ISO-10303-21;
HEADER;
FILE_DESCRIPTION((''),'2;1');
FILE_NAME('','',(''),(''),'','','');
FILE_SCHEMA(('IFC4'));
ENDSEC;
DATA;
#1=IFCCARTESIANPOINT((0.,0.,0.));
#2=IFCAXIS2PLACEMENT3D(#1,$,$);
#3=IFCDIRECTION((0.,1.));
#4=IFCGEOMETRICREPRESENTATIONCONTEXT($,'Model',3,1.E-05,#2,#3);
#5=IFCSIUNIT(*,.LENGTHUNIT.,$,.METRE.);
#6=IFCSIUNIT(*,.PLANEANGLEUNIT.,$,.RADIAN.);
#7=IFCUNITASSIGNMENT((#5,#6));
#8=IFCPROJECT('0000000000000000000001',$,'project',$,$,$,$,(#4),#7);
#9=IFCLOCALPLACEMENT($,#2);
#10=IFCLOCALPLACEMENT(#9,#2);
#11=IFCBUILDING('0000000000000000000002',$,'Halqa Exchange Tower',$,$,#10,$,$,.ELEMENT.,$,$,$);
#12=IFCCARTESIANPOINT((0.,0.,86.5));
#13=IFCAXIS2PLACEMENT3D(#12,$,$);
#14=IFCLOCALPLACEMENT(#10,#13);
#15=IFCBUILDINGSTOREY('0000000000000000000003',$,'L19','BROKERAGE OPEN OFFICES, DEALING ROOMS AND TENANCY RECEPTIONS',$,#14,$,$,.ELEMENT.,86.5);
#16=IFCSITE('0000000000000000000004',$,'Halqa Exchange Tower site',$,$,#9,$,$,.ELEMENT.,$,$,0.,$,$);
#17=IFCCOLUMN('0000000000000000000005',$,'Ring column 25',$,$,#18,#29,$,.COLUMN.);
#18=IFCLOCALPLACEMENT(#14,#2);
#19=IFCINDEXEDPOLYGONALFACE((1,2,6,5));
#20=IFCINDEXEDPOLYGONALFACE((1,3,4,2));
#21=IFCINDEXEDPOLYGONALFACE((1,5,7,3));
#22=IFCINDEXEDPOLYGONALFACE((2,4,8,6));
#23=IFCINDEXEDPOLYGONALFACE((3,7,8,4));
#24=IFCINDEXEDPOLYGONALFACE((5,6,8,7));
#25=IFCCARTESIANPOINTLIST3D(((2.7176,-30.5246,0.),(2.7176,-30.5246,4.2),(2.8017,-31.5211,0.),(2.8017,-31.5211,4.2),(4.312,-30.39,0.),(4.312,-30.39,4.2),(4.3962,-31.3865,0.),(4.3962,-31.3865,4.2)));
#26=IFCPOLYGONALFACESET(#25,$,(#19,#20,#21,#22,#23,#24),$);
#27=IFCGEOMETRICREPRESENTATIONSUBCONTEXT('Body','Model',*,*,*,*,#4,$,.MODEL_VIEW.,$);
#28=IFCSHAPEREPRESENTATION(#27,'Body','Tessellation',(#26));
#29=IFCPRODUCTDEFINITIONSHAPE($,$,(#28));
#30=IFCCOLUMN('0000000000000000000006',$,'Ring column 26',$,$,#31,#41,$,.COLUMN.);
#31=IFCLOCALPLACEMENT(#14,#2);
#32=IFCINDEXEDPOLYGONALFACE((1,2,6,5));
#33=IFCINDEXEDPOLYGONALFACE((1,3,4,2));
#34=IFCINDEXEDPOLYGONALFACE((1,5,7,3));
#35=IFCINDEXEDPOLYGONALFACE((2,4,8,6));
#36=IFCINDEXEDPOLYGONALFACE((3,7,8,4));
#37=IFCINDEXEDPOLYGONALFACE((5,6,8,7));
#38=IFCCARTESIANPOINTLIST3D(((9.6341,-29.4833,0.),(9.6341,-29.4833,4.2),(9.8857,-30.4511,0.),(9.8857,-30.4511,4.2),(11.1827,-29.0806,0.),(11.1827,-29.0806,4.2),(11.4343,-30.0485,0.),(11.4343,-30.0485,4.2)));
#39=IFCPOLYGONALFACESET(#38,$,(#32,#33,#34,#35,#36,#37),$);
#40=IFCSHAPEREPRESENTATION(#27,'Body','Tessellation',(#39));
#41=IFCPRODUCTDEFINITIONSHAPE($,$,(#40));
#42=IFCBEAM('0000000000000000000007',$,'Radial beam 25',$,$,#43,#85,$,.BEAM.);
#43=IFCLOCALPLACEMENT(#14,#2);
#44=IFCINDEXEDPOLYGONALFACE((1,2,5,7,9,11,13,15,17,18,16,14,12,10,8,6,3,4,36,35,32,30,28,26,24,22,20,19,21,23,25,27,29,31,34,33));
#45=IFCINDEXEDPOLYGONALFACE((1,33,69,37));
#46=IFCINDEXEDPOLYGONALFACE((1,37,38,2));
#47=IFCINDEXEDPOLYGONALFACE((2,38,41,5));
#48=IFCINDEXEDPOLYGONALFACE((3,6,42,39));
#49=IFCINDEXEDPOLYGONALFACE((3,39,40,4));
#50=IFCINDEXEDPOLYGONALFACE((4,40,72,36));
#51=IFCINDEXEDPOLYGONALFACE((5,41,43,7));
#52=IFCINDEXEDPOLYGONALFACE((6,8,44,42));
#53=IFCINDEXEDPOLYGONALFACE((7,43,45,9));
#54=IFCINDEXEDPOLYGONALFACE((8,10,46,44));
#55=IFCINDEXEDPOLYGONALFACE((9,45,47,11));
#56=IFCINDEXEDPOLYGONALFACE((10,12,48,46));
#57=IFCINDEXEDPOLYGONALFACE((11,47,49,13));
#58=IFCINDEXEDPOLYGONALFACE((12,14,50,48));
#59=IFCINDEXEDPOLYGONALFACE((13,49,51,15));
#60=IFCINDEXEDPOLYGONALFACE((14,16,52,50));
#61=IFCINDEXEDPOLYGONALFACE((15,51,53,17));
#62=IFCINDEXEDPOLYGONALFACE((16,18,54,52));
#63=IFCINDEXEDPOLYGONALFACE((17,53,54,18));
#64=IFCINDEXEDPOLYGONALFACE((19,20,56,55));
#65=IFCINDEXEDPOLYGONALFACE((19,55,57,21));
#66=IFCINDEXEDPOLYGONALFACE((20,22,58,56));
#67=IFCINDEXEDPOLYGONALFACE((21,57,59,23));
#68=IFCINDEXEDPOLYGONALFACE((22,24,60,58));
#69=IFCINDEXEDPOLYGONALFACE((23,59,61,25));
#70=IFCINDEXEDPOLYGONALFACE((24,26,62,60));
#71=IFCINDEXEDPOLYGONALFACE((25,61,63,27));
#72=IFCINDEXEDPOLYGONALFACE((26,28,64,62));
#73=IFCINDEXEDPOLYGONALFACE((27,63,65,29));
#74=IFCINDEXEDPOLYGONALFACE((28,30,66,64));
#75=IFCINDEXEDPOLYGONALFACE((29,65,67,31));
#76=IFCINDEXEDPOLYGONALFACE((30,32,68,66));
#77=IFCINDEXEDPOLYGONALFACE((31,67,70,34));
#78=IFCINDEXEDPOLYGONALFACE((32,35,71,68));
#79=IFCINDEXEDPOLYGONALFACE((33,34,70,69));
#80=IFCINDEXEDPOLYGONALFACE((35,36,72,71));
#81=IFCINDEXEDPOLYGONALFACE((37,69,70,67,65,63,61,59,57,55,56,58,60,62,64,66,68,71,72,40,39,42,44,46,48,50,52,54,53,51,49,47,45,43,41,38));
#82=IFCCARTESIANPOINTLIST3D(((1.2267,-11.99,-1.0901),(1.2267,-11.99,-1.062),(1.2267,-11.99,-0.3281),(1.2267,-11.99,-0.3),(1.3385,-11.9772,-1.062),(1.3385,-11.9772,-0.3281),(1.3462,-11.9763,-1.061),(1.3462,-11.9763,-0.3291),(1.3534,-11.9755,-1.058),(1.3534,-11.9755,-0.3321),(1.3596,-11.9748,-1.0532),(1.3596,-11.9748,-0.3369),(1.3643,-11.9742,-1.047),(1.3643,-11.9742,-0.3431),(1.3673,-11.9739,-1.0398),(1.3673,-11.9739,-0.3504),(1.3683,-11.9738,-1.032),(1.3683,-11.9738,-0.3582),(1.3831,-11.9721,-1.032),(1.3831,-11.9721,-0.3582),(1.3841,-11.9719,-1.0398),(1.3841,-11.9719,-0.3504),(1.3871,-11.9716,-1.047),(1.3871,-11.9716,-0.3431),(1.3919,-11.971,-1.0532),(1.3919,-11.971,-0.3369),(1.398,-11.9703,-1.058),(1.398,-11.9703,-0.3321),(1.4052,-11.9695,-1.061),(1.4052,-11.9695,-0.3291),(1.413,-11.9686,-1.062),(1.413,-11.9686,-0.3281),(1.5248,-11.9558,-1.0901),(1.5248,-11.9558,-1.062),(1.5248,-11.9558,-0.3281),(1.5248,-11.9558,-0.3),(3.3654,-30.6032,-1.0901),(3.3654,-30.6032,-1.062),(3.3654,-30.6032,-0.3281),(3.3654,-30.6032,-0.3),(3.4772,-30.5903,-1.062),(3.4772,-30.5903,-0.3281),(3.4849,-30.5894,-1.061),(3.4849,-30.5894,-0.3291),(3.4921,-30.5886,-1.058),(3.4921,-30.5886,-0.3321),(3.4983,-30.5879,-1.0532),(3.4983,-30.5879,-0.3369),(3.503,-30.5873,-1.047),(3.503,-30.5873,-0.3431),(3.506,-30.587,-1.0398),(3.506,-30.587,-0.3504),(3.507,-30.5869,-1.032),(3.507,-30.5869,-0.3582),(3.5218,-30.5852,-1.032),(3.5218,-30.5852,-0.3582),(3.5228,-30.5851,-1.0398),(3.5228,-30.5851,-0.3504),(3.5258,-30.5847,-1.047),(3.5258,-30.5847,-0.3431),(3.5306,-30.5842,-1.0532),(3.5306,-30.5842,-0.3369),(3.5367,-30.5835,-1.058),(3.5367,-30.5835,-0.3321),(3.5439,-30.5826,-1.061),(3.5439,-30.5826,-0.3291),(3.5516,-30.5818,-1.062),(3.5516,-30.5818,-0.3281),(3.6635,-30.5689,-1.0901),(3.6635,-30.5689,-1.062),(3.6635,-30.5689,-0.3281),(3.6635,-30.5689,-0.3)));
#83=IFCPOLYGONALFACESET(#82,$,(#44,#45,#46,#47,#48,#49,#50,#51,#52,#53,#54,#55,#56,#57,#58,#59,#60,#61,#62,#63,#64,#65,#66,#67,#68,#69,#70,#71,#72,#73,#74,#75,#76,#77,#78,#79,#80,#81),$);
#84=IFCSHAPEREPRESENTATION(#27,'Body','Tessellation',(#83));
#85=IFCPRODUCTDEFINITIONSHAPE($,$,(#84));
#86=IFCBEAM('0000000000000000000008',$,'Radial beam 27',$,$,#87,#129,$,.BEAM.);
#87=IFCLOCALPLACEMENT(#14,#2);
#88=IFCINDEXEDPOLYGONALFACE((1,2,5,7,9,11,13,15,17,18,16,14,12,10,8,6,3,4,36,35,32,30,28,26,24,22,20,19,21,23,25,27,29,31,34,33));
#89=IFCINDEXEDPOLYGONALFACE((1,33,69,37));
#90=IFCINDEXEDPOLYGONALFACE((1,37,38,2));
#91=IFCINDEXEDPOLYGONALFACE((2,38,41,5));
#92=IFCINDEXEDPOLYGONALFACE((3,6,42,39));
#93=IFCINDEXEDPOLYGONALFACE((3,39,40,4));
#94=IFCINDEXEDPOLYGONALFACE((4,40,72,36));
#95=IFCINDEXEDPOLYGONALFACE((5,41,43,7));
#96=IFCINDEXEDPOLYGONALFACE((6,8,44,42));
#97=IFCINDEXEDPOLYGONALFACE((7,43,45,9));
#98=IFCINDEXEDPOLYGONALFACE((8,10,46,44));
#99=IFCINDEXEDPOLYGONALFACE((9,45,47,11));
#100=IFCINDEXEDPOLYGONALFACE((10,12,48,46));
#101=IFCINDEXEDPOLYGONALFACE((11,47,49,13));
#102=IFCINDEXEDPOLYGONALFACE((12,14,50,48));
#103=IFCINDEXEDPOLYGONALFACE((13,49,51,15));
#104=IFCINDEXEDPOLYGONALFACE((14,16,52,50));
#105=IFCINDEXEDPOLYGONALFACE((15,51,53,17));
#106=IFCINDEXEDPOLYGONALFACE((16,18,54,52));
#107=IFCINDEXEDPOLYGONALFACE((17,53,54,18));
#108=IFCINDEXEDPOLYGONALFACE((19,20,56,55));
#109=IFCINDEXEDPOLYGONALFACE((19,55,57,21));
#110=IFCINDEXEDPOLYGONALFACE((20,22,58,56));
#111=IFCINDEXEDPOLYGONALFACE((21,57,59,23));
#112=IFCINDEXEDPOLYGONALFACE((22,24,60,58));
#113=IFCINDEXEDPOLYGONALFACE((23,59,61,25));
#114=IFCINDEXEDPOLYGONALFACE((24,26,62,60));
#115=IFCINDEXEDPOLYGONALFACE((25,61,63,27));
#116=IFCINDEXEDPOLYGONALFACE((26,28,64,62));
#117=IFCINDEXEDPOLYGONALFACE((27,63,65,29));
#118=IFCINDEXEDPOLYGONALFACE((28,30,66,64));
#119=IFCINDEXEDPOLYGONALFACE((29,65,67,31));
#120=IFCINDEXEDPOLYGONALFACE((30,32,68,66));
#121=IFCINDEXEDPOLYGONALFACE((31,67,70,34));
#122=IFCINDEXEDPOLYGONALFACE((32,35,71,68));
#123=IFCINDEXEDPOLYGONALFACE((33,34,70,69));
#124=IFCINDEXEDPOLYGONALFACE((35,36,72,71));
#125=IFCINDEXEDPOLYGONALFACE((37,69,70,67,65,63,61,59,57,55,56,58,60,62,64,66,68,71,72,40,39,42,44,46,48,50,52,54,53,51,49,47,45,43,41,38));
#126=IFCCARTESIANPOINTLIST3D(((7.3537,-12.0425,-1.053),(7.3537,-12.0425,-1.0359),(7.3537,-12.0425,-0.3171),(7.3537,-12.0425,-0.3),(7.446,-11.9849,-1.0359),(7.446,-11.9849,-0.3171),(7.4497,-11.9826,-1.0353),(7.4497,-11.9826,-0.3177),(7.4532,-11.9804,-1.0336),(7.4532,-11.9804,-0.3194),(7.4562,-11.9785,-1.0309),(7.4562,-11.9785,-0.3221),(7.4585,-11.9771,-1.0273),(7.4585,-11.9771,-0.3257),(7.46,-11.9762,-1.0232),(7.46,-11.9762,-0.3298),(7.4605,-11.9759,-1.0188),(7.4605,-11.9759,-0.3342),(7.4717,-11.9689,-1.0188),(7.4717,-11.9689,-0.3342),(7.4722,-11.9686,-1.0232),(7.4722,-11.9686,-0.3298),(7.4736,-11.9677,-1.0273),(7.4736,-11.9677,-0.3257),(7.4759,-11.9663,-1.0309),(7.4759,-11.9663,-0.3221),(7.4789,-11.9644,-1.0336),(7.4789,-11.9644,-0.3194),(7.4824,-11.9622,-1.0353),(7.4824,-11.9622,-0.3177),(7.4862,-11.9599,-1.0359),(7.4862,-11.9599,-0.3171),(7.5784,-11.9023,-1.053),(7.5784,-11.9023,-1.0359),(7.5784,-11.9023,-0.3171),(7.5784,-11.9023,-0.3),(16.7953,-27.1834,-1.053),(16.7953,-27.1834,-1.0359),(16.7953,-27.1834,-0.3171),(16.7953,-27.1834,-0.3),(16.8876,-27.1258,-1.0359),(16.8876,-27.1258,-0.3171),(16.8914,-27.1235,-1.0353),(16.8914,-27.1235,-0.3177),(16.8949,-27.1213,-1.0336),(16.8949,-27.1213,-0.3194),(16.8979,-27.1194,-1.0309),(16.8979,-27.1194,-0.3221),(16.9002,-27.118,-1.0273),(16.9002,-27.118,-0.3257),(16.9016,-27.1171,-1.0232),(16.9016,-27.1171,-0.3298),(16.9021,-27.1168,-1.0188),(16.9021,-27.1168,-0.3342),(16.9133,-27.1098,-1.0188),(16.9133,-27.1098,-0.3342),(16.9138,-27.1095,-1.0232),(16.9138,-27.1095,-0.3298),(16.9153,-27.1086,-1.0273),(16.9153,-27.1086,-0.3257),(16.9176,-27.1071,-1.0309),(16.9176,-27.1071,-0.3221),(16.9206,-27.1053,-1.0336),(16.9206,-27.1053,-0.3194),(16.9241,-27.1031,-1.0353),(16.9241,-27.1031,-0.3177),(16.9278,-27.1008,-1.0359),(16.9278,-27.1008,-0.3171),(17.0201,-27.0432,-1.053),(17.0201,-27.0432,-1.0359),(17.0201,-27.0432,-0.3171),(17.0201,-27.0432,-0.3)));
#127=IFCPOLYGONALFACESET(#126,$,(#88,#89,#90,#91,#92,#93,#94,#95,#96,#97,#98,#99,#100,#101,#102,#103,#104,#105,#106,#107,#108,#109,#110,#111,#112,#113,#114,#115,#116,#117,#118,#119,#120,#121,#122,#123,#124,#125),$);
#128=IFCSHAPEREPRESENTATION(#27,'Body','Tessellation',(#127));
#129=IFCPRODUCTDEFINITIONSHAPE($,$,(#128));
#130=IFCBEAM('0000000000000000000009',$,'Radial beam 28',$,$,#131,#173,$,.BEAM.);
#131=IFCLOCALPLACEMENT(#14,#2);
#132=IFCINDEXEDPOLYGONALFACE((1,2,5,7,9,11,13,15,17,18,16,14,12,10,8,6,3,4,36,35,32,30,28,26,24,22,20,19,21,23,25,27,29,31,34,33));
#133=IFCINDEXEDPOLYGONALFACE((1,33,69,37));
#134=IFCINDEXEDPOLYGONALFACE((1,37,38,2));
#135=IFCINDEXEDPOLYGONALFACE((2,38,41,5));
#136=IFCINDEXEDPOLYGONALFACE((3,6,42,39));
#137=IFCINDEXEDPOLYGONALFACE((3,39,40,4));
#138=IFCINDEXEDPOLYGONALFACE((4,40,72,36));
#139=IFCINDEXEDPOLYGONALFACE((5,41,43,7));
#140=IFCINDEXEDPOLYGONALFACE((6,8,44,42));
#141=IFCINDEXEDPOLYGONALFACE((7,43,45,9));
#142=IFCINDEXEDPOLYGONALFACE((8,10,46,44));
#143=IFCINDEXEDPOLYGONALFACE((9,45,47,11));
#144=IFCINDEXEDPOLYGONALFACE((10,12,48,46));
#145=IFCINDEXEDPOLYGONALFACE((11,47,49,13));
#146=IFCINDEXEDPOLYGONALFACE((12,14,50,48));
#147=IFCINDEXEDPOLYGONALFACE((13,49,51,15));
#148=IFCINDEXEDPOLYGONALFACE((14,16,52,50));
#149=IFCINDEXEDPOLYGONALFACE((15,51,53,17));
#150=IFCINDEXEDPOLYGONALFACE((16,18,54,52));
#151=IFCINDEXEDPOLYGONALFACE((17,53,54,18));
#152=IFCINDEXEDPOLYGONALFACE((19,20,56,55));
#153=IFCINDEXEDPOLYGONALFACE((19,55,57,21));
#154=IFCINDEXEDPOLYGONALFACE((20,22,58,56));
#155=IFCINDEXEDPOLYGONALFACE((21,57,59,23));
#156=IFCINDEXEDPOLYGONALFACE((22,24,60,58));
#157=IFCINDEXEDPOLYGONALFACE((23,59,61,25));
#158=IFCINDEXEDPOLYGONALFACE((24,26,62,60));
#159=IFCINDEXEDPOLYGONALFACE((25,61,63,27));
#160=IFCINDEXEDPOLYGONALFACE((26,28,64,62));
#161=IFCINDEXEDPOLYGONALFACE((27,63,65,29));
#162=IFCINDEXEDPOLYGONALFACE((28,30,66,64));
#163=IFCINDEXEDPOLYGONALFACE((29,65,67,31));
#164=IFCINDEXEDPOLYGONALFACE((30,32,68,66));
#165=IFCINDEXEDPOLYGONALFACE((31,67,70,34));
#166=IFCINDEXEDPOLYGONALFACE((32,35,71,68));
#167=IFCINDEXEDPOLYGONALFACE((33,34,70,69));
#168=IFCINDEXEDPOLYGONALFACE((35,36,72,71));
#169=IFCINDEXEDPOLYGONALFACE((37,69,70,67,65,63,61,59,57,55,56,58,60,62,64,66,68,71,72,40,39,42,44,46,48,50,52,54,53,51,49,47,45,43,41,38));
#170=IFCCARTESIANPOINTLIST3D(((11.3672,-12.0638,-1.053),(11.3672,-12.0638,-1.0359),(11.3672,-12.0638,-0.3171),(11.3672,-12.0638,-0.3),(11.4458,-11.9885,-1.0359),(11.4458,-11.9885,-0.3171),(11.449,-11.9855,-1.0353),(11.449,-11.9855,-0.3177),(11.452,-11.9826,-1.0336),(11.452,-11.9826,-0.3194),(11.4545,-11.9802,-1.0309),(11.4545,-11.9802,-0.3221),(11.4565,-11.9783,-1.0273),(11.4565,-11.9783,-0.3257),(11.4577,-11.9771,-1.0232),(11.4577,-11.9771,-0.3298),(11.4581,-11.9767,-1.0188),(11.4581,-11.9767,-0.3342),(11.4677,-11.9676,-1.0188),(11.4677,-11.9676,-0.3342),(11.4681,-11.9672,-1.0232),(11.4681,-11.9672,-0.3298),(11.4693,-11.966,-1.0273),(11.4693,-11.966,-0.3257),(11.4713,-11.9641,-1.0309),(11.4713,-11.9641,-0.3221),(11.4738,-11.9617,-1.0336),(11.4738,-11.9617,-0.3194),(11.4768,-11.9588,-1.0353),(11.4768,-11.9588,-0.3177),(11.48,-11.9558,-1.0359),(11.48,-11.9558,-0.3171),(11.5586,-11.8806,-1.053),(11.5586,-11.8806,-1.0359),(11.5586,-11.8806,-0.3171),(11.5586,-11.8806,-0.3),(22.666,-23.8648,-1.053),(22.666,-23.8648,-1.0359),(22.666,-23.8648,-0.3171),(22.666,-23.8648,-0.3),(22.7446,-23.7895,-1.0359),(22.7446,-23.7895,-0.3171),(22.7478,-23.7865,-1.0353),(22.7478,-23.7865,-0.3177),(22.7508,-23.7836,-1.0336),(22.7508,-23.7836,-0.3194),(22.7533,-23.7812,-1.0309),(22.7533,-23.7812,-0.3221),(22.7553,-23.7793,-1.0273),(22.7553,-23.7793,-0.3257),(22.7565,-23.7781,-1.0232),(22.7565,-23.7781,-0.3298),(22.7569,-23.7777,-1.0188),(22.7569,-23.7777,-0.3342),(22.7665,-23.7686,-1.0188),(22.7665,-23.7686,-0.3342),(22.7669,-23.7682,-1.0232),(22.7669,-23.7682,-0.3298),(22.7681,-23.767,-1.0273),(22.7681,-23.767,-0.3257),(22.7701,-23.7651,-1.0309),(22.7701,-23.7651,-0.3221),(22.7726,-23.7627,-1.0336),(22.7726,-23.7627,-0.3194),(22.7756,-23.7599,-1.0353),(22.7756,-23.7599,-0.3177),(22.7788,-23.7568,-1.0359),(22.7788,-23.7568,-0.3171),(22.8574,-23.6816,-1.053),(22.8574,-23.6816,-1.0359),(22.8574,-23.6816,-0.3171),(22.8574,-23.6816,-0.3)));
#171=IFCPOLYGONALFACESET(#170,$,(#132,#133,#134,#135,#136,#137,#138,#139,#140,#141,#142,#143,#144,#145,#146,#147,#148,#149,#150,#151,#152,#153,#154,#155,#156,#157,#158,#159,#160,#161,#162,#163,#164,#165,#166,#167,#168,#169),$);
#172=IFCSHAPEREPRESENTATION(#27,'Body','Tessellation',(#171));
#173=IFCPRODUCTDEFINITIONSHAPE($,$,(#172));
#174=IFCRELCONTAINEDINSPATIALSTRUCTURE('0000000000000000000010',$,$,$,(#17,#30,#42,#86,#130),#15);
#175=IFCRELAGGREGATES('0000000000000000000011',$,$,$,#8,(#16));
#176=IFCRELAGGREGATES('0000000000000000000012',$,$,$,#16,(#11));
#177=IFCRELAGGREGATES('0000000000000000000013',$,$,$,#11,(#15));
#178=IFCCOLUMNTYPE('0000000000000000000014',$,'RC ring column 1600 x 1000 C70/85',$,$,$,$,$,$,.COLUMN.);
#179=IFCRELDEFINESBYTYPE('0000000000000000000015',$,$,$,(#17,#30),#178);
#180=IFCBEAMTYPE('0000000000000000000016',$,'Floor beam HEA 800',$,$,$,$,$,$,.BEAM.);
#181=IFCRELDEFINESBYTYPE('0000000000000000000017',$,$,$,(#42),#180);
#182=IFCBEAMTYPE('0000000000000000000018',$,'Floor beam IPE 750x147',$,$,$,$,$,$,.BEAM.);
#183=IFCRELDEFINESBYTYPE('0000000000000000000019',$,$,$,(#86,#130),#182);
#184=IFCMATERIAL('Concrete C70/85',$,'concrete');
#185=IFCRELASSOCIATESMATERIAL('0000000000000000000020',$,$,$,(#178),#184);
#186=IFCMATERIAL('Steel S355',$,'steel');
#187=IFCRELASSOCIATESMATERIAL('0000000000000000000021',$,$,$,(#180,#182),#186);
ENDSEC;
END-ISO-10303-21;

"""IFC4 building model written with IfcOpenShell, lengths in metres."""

from ifc_helpers import new_model, si_unit, direction, frame, origin, origin_2d, place, context, subcontext, project, spatial, rectangle, i_section, extrude, material, material_profile, profile_set, type_object, element, save


model = new_model("IFC4")

# Units and contexts
model_context = context("Model", 3, precision=1e-05, world=origin(), true_north=direction((0.0, 1.0)))
body_context = subcontext(model_context, "Body", "Model", "MODEL_VIEW")
ifc_project = project(units=[si_unit("LENGTHUNIT", "METRE"), si_unit("PLANEANGLEUNIT", "RADIAN")], contexts=[model_context])

# Site, building, storey
site_placement = place(None, origin())
site = spatial("IfcSite", under=ifc_project, at=site_placement, Name="Halqa Exchange Tower site", CompositionType="ELEMENT", RefElevation=0.0)
building_placement = place(site_placement, origin())
building = spatial("IfcBuilding", under=site, at=building_placement, Name="Halqa Exchange Tower", CompositionType="ELEMENT")
storey_placement = place(building_placement, frame((0.0, 0.0, 86.5)))
storey = spatial("IfcBuildingStorey", under=building, at=storey_placement, Name="L19", Description="BROKERAGE OPEN OFFICES, DEALING ROOMS AND TENANCY RECEPTIONS", CompositionType="ELEMENT", Elevation=86.5)

# Columns
ifc_material_1 = material(Name="Concrete C70/85", Category="concrete")
ifc_material_profile_1 = material_profile(ifc_material_1, rectangle(XDim=1.6001, YDim=1.0, at=origin_2d()), Name="1600 x 1000")
ifc_profile_set_1 = profile_set([ifc_material_profile_1], Name="Concrete C70/85")
column_type = type_object("IfcColumnType", Name="RC ring column 1600 x 1000 C70/85", PredefinedType="COLUMN", material=ifc_profile_set_1)
for number, where, z_axis, x_axis, name in (
    (1, (3.5569, -30.9556, 0.0), (0.0, 0.0, 1.0), (0.996456, 0.084121, 0.0), "Ring column 25"),
    (2, (10.5342, -29.7659, 0.0), (0.0, 0.0, 1.0), (0.96782, 0.251644, 0.0), "Ring column 26"),
):
    element("IfcColumn", number, at=place(storey_placement, frame(where, z_axis=z_axis, x_axis=x_axis)), inside=storey, type_object=column_type, Name=name, PredefinedType="COLUMN", context=body_context, shape_type="SweptSolid", body=[
        extrude(rectangle(XDim=1.6001, YDim=1.0, at=origin_2d()), origin(), (0.0, 0.0, 1.0), 4.2),
    ])

# Beams
ifc_material_2 = material(Name="Steel S355", Category="steel")
ifc_material_profile_2 = material_profile(ifc_material_2, i_section(OverallWidth=0.3, OverallDepth=0.79, WebThickness=0.0149, FlangeThickness=0.0281, FilletRadius=0.03, at=origin_2d()), Name="HEA 800")
ifc_profile_set_2 = profile_set([ifc_material_profile_2], Name="Steel S355")
beam_type_1 = type_object("IfcBeamType", Name="Floor beam HEA 800", PredefinedType="BEAM", material=ifc_profile_set_2)
beam_1_placement = place(storey_placement, frame((1.3757, -11.9729, -0.6951), z_axis=(0.114151, -0.993463, 0.0), x_axis=(0.993463, 0.114151, 0.0)))
element("IfcBeam", 3, at=beam_1_placement, inside=storey, type_object=beam_type_1, Name="Radial beam 25", PredefinedType="BEAM", context=body_context, shape_type="SweptSolid", body=[
    extrude(i_section(OverallWidth=0.3, OverallDepth=0.79, WebThickness=0.0149, FlangeThickness=0.0281, FilletRadius=0.03, at=origin_2d()), origin(), (0.0, 0.0, 1.0), 18.7356),
])
ifc_material_profile_3 = material_profile(ifc_material_2, i_section(OverallWidth=0.2649, OverallDepth=0.7529, WebThickness=0.0132, FlangeThickness=0.0171, FilletRadius=0.0171, at=origin_2d()), Name="IPE 750x147")
ifc_profile_set_3 = profile_set([ifc_material_profile_3], Name="Steel S355")
beam_type_2 = type_object("IfcBeamType", Name="Floor beam IPE 750x147", PredefinedType="BEAM", material=ifc_profile_set_3)
beam_2_placement = place(storey_placement, frame((7.4661, -11.9724, -0.6765), z_axis=(0.529137, -0.848537, 0.0), x_axis=(0.848537, 0.529137, 0.0)))
element("IfcBeam", 4, at=beam_2_placement, inside=storey, type_object=beam_type_2, Name="Radial beam 27", PredefinedType="BEAM", context=body_context, shape_type="SweptSolid", body=[
    extrude(i_section(OverallWidth=0.2649, OverallDepth=0.7529, WebThickness=0.0132, FlangeThickness=0.0171, FilletRadius=0.0171, at=origin_2d()), origin(), (0.0, 0.0, 1.0), 17.8435),
])
beam_3_placement = place(storey_placement, frame((11.4629, -11.9722, -0.6765), z_axis=(0.691571, -0.722309, 0.0), x_axis=(0.722309, 0.691571, 0.0)))
element("IfcBeam", 5, at=beam_3_placement, inside=storey, type_object=beam_type_2, Name="Radial beam 28", PredefinedType="BEAM", context=body_context, shape_type="SweptSolid", body=[
    extrude(i_section(OverallWidth=0.2649, OverallDepth=0.7529, WebThickness=0.0132, FlangeThickness=0.0171, FilletRadius=0.0171, at=origin_2d()), origin(), (0.0, 0.0, 1.0), 16.3379),
])

save(model, "model.ifc")
